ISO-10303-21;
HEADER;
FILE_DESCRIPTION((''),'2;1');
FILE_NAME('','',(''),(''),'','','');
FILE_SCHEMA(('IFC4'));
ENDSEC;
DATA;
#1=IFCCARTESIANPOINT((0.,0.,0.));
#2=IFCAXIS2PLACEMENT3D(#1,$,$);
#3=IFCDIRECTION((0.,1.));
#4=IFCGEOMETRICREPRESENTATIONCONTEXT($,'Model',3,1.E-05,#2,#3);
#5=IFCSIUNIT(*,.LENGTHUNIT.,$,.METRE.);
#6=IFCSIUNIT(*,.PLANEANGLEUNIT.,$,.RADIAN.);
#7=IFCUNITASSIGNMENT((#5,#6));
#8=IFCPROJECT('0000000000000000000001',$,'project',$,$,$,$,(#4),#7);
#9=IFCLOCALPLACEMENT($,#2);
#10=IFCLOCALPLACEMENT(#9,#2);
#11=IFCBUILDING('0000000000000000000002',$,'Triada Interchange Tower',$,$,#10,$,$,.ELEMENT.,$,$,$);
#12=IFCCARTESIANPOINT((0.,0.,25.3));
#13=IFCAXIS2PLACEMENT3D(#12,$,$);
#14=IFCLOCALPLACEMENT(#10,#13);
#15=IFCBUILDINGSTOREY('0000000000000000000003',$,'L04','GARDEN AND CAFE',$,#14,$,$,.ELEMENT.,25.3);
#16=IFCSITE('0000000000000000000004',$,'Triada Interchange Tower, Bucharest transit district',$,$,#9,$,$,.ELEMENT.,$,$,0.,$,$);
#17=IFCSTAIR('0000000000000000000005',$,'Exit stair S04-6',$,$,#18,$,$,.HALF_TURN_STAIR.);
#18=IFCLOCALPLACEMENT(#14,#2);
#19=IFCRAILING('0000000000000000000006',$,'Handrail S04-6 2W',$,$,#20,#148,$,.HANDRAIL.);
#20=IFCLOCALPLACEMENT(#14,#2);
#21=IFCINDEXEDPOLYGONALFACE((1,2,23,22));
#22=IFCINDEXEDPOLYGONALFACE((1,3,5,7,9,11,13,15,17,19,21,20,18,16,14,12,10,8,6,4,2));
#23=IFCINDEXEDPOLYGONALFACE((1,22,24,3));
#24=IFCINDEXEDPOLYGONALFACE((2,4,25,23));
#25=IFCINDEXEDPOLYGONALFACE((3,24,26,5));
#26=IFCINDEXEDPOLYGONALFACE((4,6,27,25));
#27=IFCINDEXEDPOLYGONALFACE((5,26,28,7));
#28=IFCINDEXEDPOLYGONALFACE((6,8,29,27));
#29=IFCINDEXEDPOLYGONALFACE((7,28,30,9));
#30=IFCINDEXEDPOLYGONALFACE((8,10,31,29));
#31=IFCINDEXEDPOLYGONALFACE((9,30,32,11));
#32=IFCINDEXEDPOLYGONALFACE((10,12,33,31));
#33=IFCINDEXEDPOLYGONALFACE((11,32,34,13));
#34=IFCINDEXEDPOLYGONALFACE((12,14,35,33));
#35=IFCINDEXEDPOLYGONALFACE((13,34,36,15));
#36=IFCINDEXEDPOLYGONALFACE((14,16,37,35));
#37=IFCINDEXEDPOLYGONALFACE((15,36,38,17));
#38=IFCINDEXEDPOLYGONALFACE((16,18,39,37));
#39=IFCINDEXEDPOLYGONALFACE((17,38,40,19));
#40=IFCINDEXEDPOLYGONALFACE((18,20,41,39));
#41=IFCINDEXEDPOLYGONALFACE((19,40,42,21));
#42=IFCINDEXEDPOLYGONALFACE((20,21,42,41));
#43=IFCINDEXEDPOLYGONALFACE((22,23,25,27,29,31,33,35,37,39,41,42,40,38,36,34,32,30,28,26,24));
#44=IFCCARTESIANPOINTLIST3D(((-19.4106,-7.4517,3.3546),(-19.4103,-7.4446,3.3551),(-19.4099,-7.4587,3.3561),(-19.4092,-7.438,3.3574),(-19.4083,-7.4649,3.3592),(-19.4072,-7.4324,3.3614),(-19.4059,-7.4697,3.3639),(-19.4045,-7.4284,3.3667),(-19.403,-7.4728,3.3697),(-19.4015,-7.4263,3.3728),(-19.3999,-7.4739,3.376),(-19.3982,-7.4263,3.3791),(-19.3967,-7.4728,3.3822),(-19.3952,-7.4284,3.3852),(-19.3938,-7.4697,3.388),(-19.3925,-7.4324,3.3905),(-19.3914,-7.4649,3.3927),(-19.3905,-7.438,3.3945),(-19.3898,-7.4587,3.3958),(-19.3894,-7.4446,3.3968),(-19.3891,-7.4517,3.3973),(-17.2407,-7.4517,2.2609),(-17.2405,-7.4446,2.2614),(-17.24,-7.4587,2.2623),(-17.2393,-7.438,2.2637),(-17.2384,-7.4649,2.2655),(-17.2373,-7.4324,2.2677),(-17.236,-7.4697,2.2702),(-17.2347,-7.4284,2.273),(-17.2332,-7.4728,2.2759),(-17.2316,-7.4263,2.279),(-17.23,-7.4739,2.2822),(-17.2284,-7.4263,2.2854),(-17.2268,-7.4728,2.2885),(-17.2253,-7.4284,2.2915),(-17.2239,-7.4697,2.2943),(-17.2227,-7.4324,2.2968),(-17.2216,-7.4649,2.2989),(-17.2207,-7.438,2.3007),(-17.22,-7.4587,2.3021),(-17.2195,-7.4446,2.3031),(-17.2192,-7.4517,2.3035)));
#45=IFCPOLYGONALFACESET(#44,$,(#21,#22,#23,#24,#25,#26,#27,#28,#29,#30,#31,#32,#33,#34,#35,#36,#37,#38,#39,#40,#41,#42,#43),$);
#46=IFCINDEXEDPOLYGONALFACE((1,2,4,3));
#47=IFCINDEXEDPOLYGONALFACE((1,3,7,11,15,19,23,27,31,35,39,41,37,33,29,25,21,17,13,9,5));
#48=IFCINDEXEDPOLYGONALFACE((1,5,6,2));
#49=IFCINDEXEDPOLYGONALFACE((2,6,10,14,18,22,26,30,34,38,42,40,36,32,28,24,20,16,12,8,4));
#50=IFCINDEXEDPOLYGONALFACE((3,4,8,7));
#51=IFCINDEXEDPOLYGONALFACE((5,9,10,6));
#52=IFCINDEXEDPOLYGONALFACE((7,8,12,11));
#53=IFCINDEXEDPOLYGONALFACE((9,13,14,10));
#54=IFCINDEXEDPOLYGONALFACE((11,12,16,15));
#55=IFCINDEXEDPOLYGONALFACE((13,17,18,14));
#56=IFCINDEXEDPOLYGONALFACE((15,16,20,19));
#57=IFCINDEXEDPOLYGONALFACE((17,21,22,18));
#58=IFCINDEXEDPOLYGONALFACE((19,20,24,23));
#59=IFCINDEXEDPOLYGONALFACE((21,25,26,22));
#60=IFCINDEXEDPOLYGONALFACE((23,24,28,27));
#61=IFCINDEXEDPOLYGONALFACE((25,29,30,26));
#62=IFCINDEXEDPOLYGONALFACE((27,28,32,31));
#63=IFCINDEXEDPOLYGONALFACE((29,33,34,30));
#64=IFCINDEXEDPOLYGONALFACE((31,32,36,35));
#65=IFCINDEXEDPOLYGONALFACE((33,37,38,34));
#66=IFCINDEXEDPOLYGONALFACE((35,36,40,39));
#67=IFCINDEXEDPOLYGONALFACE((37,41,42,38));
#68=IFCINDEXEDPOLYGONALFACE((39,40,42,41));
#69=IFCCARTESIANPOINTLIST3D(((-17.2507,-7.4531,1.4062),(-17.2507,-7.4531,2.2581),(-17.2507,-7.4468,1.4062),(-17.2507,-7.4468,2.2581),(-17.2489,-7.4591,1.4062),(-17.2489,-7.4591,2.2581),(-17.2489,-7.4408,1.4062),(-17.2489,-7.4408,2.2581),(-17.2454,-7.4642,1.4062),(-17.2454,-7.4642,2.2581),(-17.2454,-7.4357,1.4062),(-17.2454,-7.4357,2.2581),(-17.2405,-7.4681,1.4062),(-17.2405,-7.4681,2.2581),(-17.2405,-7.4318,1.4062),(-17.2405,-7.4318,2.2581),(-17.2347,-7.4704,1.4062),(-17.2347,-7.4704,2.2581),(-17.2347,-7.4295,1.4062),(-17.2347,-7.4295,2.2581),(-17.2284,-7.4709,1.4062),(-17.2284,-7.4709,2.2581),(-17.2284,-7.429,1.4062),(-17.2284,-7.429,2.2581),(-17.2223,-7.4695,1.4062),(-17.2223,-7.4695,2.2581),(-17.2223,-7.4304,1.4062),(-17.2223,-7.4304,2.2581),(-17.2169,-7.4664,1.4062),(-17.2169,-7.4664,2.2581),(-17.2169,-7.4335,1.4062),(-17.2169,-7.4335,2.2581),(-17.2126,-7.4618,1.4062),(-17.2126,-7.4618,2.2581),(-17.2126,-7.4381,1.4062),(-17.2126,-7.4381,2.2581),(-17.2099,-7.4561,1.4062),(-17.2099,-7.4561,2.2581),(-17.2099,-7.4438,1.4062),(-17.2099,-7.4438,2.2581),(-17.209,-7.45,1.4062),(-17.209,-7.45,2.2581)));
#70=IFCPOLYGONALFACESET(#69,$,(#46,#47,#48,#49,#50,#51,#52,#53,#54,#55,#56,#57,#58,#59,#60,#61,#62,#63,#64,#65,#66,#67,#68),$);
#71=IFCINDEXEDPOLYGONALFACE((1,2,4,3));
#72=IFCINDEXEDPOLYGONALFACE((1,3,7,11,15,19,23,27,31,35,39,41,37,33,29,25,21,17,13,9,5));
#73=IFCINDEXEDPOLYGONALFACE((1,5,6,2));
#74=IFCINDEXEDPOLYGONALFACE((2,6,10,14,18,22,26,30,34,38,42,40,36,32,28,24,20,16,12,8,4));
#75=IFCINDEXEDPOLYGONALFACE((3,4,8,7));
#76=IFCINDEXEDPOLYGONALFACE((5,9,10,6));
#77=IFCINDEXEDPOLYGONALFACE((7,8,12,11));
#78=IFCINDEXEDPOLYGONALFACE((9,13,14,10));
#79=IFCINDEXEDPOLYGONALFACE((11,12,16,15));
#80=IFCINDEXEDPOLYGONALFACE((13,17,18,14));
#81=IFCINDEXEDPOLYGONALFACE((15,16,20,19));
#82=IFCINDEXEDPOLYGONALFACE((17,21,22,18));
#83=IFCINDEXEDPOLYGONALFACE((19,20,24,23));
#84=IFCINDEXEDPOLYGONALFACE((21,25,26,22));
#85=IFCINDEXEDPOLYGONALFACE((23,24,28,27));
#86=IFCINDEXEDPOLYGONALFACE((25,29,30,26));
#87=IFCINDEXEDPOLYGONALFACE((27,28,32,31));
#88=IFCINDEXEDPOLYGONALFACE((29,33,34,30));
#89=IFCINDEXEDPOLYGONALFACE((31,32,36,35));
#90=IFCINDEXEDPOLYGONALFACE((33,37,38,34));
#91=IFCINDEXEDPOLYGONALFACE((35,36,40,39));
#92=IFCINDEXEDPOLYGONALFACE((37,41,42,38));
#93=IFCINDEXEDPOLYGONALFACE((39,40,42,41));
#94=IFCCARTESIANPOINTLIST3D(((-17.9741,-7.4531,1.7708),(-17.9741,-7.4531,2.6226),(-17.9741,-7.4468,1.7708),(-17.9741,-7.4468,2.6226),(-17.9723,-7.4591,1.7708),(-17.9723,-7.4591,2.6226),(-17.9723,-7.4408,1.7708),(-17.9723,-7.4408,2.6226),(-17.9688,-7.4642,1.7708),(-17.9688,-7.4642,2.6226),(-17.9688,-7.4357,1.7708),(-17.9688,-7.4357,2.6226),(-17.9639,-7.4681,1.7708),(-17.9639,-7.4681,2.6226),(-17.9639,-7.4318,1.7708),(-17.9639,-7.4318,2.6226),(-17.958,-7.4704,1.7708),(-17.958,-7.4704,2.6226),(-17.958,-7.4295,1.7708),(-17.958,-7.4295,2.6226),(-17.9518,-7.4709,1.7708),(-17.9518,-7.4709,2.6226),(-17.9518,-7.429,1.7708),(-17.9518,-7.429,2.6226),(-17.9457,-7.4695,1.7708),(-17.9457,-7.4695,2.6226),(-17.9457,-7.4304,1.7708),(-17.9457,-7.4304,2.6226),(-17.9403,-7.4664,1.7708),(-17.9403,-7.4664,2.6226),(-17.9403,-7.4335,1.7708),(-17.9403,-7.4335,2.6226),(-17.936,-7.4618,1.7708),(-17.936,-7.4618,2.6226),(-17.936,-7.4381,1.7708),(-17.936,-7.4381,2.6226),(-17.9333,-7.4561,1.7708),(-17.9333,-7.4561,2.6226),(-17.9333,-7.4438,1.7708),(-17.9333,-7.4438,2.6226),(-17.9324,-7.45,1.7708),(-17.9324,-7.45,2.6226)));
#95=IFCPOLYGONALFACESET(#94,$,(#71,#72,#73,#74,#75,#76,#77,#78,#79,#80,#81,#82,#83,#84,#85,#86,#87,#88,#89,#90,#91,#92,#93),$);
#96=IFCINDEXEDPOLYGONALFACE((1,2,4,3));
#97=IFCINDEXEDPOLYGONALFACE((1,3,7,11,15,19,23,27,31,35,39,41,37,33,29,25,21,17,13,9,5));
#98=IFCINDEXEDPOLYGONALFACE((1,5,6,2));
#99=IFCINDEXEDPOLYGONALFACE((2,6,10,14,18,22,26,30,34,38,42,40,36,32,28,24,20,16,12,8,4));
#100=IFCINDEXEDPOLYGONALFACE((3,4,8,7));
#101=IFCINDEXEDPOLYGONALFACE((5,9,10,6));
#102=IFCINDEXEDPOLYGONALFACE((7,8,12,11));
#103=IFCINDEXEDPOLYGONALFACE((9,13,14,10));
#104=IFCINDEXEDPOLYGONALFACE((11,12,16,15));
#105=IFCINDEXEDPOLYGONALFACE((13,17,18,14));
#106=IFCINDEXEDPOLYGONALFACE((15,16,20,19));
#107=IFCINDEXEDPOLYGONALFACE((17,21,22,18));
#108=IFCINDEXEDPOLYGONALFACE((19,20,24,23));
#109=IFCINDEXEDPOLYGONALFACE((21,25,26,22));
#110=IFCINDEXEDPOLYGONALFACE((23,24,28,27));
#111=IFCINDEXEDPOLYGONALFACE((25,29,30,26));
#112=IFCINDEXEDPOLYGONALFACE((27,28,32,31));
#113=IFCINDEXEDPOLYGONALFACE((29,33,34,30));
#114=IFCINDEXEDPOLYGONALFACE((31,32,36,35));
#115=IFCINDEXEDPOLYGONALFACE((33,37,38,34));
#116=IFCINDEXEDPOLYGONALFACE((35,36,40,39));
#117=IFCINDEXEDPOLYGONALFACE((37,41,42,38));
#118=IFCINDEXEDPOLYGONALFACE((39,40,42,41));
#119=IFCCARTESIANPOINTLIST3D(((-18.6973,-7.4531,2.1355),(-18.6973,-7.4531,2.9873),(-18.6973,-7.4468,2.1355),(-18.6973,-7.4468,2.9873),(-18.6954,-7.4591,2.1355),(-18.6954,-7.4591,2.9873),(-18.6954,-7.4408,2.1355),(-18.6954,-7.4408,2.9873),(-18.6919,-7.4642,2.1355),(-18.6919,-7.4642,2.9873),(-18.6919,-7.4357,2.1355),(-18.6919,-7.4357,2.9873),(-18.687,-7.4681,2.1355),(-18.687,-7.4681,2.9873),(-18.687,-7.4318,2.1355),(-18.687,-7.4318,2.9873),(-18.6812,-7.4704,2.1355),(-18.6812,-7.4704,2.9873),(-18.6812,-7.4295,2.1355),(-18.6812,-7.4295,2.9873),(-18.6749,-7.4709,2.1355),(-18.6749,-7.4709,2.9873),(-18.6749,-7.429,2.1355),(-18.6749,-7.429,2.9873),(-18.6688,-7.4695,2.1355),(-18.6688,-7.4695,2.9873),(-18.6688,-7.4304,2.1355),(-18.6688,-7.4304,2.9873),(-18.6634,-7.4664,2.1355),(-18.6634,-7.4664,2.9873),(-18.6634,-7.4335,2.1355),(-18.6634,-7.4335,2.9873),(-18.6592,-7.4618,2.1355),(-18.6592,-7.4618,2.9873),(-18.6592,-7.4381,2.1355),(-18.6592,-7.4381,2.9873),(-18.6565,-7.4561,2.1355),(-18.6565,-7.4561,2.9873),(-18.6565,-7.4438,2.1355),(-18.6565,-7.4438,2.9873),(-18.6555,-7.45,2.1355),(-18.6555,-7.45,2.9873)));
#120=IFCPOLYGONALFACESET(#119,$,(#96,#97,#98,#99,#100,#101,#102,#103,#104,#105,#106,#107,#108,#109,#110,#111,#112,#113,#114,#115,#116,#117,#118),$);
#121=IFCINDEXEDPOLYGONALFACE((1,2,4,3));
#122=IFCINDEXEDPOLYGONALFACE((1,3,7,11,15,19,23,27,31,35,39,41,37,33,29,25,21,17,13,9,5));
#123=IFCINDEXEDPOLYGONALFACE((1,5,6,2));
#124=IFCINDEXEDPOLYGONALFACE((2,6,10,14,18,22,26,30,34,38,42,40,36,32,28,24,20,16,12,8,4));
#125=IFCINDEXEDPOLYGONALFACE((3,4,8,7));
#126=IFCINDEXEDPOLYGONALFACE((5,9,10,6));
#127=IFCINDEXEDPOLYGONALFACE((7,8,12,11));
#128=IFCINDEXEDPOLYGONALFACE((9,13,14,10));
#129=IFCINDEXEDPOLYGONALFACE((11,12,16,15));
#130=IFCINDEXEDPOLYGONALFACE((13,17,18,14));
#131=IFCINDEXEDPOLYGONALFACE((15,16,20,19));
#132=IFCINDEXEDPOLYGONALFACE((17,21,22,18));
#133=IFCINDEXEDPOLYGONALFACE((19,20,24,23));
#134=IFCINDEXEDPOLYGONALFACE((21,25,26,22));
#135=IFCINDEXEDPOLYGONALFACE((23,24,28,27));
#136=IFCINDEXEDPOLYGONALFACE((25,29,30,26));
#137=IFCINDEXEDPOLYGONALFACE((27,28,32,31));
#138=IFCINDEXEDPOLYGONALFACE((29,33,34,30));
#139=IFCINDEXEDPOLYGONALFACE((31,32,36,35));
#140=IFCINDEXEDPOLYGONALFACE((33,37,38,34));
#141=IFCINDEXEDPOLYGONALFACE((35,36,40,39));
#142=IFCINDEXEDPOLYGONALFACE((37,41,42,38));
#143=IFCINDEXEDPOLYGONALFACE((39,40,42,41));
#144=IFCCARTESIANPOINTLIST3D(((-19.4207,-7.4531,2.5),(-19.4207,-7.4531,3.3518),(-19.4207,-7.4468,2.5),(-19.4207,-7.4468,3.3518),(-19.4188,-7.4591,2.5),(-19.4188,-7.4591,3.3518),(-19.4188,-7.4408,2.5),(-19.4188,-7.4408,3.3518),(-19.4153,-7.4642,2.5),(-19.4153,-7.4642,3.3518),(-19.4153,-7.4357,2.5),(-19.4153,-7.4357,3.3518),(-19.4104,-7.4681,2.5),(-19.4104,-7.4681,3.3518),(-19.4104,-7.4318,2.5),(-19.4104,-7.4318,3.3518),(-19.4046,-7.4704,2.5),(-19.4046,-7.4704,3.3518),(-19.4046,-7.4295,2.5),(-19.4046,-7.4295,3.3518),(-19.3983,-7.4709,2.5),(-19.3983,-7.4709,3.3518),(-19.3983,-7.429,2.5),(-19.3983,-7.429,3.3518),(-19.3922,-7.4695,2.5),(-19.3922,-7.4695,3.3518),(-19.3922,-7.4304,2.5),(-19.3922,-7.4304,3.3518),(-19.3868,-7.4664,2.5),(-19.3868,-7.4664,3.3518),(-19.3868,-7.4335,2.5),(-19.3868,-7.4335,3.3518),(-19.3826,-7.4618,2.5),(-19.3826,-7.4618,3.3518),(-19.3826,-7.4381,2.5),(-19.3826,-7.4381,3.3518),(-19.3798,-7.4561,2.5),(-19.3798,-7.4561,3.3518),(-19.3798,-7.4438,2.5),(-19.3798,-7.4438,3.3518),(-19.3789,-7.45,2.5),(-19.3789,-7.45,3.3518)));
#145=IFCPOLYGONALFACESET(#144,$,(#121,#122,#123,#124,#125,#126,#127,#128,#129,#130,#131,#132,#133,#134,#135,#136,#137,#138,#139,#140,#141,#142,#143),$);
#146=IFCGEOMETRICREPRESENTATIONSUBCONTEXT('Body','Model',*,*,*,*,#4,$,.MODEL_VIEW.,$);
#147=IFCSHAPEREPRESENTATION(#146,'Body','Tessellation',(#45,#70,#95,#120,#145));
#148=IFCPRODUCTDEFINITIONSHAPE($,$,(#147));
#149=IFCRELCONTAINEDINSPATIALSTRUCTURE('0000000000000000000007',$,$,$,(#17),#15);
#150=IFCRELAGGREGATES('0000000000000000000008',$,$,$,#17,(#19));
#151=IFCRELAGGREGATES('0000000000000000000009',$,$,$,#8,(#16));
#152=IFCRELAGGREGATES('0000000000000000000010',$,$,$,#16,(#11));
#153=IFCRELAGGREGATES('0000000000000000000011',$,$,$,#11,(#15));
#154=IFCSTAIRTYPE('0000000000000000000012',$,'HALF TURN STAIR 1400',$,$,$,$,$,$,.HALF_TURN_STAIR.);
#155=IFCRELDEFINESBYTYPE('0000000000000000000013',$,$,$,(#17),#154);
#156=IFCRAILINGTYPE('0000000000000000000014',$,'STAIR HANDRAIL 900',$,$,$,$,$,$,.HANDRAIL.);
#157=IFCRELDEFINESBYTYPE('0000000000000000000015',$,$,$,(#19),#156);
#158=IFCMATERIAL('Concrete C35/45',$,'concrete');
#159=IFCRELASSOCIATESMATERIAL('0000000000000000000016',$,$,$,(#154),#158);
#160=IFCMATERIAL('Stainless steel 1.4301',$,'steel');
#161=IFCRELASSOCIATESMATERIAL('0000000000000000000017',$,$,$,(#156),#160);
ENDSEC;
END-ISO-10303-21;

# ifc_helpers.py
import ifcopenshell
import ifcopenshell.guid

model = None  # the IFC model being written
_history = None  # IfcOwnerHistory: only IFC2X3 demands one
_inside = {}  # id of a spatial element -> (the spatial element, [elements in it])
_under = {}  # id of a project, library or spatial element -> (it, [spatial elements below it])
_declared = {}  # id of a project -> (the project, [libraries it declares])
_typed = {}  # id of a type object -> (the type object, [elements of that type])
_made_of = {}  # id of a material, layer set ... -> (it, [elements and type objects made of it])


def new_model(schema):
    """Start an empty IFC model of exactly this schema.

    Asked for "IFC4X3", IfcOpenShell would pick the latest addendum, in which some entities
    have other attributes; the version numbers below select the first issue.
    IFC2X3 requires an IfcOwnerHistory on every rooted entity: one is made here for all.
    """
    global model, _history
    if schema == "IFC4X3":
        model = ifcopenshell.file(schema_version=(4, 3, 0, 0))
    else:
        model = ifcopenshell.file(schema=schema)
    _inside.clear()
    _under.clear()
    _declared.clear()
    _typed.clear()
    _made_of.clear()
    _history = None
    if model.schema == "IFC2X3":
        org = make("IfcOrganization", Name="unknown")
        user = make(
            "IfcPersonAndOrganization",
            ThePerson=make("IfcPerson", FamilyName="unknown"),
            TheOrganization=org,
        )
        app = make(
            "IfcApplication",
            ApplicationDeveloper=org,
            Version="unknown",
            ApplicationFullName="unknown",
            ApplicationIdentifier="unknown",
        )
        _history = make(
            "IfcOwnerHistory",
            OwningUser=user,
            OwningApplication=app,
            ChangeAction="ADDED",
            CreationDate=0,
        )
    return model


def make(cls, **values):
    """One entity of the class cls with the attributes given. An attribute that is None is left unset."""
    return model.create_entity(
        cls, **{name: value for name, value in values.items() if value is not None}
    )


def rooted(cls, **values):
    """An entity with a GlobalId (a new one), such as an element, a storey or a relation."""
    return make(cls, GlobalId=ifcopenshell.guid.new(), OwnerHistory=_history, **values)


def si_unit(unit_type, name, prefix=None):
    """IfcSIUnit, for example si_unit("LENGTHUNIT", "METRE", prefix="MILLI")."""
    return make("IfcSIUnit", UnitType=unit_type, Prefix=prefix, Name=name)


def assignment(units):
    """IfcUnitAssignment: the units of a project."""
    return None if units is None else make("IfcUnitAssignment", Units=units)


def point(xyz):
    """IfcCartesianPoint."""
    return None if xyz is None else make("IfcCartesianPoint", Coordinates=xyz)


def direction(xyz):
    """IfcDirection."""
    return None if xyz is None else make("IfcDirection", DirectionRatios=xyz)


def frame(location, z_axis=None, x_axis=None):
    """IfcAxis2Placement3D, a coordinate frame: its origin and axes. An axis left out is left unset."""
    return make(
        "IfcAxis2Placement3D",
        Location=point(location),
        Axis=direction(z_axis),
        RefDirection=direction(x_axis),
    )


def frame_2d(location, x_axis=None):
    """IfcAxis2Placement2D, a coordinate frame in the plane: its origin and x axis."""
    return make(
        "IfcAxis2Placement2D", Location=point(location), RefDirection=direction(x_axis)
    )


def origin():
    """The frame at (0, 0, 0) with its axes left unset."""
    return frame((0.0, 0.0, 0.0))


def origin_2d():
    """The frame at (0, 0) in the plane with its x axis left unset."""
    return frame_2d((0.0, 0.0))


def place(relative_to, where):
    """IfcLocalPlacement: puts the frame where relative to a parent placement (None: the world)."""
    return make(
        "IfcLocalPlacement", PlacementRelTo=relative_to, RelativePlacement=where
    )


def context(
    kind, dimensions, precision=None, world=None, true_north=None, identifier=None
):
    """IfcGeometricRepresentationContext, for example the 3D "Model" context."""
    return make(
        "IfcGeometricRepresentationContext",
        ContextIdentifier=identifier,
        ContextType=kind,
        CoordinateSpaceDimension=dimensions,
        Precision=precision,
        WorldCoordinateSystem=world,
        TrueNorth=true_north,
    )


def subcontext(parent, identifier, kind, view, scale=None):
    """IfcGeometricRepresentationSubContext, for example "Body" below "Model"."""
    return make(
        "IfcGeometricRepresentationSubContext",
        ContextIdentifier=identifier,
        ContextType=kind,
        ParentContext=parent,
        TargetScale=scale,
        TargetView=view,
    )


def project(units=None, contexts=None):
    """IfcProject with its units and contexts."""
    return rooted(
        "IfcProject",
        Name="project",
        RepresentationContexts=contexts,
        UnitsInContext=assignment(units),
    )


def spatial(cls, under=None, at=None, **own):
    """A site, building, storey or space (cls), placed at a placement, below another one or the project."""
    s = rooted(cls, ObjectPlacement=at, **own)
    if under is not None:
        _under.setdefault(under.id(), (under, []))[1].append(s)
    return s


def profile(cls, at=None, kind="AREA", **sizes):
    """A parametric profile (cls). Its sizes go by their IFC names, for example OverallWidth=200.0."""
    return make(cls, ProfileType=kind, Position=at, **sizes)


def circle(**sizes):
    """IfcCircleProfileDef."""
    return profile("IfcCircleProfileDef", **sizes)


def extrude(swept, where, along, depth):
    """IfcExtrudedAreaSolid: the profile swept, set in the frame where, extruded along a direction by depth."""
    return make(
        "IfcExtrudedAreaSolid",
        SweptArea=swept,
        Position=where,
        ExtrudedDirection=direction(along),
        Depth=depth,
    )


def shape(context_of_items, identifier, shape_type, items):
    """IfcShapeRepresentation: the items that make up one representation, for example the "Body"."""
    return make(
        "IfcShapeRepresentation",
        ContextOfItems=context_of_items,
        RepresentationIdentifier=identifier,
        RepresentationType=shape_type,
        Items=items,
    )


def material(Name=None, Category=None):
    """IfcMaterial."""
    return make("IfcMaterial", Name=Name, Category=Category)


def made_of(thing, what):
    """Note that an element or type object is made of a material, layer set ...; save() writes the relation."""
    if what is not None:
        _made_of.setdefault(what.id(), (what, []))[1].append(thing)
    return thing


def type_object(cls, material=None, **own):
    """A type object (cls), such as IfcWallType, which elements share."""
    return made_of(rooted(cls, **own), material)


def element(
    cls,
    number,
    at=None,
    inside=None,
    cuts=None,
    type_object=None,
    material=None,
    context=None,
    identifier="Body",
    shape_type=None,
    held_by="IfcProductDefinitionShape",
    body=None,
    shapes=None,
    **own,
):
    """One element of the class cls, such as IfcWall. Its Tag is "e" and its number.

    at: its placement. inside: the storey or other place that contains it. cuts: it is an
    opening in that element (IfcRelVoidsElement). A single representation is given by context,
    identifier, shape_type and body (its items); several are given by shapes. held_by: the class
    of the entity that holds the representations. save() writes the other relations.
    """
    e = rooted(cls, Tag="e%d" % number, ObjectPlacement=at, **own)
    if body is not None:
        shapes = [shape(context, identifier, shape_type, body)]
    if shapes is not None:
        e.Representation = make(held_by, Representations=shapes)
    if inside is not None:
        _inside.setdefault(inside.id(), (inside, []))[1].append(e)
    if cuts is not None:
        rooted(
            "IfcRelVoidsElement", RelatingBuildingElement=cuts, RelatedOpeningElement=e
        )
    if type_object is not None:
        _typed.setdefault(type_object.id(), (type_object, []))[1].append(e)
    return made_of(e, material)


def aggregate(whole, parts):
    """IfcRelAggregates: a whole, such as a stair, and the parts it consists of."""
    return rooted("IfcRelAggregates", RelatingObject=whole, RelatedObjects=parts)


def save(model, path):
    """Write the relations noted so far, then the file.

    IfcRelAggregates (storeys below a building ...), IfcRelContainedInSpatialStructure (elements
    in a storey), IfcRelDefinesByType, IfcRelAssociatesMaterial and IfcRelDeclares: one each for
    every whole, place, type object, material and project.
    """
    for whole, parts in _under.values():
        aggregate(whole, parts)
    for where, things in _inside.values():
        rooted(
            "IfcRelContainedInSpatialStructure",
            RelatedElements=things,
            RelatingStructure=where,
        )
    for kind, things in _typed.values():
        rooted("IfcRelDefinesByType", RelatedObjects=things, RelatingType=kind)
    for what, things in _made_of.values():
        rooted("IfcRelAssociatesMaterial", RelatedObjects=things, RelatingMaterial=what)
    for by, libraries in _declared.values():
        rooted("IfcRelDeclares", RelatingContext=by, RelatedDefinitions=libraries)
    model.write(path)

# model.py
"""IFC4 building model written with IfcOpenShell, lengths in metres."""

from ifc_helpers import new_model, si_unit, direction, frame, origin, origin_2d, place, context, subcontext, project, spatial, circle, extrude, material, type_object, element, aggregate, save


model = new_model("IFC4")

# Units and contexts
model_context = context("Model", 3, precision=1e-05, world=origin(), true_north=direction((0.0, 1.0)))
body_context = subcontext(model_context, "Body", "Model", "MODEL_VIEW")
ifc_project = project(units=[si_unit("LENGTHUNIT", "METRE"), si_unit("PLANEANGLEUNIT", "RADIAN")], contexts=[model_context])

# Site, building, storey
site_placement = place(None, origin())
site = spatial("IfcSite", under=ifc_project, at=site_placement, Name="Triada Interchange Tower, Bucharest transit district", CompositionType="ELEMENT", RefElevation=0.0)
building_placement = place(site_placement, origin())
building = spatial("IfcBuilding", under=site, at=building_placement, Name="Triada Interchange Tower", CompositionType="ELEMENT")
storey_placement = place(building_placement, frame((0.0, 0.0, 25.3)))
storey = spatial("IfcBuildingStorey", under=building, at=storey_placement, Name="L04", Description="GARDEN AND CAFE", CompositionType="ELEMENT", Elevation=25.3)

# Stair, railing
ifc_material_1 = material(Name="Concrete C35/45", Category="concrete")
stair_type = type_object("IfcStairType", Name="HALF TURN STAIR 1400", PredefinedType="HALF_TURN_STAIR", material=ifc_material_1)
stair_placement = place(storey_placement, origin())
stair = element("IfcStair", 1, at=stair_placement, inside=storey, type_object=stair_type, Name="Exit stair S04-6", PredefinedType="HALF_TURN_STAIR")
ifc_material_2 = material(Name="Stainless steel 1.4301", Category="steel")
railing_type = type_object("IfcRailingType", Name="STAIR HANDRAIL 900", PredefinedType="HANDRAIL", material=ifc_material_2)
railing_1_placement = place(storey_placement, frame((-17.23, -7.45, 1.4062)))
railing_1 = element("IfcRailing", 2, at=railing_1_placement, type_object=railing_type, Name="Handrail S04-6 2W", PredefinedType="HANDRAIL", context=body_context, shape_type="SweptSolid", body=[
    extrude(circle(Radius=0.0239, at=origin_2d()), frame((0.0, 0.0, 0.876), z_axis=(-0.892976, 0.0, 0.450105), x_axis=(0.0, -1.0, 0.0)), (0.0, 0.0, 1.0), 2.4299),
    extrude(circle(Radius=0.021, at=origin_2d()), origin(), (0.0, 0.0, 1.0), 0.8518),
    extrude(circle(Radius=0.021, at=origin_2d()), frame((-0.7234, 0.0, 0.3645)), (0.0, 0.0, 1.0), 0.8518),
    extrude(circle(Radius=0.021, at=origin_2d()), frame((-1.4465, 0.0, 0.7292)), (0.0, 0.0, 1.0), 0.8518),
    extrude(circle(Radius=0.021, at=origin_2d()), frame((-2.1699, 0.0, 1.0938)), (0.0, 0.0, 1.0), 0.8518),
])
aggregate(stair, [railing_1])

save(model, "model.ifc")
